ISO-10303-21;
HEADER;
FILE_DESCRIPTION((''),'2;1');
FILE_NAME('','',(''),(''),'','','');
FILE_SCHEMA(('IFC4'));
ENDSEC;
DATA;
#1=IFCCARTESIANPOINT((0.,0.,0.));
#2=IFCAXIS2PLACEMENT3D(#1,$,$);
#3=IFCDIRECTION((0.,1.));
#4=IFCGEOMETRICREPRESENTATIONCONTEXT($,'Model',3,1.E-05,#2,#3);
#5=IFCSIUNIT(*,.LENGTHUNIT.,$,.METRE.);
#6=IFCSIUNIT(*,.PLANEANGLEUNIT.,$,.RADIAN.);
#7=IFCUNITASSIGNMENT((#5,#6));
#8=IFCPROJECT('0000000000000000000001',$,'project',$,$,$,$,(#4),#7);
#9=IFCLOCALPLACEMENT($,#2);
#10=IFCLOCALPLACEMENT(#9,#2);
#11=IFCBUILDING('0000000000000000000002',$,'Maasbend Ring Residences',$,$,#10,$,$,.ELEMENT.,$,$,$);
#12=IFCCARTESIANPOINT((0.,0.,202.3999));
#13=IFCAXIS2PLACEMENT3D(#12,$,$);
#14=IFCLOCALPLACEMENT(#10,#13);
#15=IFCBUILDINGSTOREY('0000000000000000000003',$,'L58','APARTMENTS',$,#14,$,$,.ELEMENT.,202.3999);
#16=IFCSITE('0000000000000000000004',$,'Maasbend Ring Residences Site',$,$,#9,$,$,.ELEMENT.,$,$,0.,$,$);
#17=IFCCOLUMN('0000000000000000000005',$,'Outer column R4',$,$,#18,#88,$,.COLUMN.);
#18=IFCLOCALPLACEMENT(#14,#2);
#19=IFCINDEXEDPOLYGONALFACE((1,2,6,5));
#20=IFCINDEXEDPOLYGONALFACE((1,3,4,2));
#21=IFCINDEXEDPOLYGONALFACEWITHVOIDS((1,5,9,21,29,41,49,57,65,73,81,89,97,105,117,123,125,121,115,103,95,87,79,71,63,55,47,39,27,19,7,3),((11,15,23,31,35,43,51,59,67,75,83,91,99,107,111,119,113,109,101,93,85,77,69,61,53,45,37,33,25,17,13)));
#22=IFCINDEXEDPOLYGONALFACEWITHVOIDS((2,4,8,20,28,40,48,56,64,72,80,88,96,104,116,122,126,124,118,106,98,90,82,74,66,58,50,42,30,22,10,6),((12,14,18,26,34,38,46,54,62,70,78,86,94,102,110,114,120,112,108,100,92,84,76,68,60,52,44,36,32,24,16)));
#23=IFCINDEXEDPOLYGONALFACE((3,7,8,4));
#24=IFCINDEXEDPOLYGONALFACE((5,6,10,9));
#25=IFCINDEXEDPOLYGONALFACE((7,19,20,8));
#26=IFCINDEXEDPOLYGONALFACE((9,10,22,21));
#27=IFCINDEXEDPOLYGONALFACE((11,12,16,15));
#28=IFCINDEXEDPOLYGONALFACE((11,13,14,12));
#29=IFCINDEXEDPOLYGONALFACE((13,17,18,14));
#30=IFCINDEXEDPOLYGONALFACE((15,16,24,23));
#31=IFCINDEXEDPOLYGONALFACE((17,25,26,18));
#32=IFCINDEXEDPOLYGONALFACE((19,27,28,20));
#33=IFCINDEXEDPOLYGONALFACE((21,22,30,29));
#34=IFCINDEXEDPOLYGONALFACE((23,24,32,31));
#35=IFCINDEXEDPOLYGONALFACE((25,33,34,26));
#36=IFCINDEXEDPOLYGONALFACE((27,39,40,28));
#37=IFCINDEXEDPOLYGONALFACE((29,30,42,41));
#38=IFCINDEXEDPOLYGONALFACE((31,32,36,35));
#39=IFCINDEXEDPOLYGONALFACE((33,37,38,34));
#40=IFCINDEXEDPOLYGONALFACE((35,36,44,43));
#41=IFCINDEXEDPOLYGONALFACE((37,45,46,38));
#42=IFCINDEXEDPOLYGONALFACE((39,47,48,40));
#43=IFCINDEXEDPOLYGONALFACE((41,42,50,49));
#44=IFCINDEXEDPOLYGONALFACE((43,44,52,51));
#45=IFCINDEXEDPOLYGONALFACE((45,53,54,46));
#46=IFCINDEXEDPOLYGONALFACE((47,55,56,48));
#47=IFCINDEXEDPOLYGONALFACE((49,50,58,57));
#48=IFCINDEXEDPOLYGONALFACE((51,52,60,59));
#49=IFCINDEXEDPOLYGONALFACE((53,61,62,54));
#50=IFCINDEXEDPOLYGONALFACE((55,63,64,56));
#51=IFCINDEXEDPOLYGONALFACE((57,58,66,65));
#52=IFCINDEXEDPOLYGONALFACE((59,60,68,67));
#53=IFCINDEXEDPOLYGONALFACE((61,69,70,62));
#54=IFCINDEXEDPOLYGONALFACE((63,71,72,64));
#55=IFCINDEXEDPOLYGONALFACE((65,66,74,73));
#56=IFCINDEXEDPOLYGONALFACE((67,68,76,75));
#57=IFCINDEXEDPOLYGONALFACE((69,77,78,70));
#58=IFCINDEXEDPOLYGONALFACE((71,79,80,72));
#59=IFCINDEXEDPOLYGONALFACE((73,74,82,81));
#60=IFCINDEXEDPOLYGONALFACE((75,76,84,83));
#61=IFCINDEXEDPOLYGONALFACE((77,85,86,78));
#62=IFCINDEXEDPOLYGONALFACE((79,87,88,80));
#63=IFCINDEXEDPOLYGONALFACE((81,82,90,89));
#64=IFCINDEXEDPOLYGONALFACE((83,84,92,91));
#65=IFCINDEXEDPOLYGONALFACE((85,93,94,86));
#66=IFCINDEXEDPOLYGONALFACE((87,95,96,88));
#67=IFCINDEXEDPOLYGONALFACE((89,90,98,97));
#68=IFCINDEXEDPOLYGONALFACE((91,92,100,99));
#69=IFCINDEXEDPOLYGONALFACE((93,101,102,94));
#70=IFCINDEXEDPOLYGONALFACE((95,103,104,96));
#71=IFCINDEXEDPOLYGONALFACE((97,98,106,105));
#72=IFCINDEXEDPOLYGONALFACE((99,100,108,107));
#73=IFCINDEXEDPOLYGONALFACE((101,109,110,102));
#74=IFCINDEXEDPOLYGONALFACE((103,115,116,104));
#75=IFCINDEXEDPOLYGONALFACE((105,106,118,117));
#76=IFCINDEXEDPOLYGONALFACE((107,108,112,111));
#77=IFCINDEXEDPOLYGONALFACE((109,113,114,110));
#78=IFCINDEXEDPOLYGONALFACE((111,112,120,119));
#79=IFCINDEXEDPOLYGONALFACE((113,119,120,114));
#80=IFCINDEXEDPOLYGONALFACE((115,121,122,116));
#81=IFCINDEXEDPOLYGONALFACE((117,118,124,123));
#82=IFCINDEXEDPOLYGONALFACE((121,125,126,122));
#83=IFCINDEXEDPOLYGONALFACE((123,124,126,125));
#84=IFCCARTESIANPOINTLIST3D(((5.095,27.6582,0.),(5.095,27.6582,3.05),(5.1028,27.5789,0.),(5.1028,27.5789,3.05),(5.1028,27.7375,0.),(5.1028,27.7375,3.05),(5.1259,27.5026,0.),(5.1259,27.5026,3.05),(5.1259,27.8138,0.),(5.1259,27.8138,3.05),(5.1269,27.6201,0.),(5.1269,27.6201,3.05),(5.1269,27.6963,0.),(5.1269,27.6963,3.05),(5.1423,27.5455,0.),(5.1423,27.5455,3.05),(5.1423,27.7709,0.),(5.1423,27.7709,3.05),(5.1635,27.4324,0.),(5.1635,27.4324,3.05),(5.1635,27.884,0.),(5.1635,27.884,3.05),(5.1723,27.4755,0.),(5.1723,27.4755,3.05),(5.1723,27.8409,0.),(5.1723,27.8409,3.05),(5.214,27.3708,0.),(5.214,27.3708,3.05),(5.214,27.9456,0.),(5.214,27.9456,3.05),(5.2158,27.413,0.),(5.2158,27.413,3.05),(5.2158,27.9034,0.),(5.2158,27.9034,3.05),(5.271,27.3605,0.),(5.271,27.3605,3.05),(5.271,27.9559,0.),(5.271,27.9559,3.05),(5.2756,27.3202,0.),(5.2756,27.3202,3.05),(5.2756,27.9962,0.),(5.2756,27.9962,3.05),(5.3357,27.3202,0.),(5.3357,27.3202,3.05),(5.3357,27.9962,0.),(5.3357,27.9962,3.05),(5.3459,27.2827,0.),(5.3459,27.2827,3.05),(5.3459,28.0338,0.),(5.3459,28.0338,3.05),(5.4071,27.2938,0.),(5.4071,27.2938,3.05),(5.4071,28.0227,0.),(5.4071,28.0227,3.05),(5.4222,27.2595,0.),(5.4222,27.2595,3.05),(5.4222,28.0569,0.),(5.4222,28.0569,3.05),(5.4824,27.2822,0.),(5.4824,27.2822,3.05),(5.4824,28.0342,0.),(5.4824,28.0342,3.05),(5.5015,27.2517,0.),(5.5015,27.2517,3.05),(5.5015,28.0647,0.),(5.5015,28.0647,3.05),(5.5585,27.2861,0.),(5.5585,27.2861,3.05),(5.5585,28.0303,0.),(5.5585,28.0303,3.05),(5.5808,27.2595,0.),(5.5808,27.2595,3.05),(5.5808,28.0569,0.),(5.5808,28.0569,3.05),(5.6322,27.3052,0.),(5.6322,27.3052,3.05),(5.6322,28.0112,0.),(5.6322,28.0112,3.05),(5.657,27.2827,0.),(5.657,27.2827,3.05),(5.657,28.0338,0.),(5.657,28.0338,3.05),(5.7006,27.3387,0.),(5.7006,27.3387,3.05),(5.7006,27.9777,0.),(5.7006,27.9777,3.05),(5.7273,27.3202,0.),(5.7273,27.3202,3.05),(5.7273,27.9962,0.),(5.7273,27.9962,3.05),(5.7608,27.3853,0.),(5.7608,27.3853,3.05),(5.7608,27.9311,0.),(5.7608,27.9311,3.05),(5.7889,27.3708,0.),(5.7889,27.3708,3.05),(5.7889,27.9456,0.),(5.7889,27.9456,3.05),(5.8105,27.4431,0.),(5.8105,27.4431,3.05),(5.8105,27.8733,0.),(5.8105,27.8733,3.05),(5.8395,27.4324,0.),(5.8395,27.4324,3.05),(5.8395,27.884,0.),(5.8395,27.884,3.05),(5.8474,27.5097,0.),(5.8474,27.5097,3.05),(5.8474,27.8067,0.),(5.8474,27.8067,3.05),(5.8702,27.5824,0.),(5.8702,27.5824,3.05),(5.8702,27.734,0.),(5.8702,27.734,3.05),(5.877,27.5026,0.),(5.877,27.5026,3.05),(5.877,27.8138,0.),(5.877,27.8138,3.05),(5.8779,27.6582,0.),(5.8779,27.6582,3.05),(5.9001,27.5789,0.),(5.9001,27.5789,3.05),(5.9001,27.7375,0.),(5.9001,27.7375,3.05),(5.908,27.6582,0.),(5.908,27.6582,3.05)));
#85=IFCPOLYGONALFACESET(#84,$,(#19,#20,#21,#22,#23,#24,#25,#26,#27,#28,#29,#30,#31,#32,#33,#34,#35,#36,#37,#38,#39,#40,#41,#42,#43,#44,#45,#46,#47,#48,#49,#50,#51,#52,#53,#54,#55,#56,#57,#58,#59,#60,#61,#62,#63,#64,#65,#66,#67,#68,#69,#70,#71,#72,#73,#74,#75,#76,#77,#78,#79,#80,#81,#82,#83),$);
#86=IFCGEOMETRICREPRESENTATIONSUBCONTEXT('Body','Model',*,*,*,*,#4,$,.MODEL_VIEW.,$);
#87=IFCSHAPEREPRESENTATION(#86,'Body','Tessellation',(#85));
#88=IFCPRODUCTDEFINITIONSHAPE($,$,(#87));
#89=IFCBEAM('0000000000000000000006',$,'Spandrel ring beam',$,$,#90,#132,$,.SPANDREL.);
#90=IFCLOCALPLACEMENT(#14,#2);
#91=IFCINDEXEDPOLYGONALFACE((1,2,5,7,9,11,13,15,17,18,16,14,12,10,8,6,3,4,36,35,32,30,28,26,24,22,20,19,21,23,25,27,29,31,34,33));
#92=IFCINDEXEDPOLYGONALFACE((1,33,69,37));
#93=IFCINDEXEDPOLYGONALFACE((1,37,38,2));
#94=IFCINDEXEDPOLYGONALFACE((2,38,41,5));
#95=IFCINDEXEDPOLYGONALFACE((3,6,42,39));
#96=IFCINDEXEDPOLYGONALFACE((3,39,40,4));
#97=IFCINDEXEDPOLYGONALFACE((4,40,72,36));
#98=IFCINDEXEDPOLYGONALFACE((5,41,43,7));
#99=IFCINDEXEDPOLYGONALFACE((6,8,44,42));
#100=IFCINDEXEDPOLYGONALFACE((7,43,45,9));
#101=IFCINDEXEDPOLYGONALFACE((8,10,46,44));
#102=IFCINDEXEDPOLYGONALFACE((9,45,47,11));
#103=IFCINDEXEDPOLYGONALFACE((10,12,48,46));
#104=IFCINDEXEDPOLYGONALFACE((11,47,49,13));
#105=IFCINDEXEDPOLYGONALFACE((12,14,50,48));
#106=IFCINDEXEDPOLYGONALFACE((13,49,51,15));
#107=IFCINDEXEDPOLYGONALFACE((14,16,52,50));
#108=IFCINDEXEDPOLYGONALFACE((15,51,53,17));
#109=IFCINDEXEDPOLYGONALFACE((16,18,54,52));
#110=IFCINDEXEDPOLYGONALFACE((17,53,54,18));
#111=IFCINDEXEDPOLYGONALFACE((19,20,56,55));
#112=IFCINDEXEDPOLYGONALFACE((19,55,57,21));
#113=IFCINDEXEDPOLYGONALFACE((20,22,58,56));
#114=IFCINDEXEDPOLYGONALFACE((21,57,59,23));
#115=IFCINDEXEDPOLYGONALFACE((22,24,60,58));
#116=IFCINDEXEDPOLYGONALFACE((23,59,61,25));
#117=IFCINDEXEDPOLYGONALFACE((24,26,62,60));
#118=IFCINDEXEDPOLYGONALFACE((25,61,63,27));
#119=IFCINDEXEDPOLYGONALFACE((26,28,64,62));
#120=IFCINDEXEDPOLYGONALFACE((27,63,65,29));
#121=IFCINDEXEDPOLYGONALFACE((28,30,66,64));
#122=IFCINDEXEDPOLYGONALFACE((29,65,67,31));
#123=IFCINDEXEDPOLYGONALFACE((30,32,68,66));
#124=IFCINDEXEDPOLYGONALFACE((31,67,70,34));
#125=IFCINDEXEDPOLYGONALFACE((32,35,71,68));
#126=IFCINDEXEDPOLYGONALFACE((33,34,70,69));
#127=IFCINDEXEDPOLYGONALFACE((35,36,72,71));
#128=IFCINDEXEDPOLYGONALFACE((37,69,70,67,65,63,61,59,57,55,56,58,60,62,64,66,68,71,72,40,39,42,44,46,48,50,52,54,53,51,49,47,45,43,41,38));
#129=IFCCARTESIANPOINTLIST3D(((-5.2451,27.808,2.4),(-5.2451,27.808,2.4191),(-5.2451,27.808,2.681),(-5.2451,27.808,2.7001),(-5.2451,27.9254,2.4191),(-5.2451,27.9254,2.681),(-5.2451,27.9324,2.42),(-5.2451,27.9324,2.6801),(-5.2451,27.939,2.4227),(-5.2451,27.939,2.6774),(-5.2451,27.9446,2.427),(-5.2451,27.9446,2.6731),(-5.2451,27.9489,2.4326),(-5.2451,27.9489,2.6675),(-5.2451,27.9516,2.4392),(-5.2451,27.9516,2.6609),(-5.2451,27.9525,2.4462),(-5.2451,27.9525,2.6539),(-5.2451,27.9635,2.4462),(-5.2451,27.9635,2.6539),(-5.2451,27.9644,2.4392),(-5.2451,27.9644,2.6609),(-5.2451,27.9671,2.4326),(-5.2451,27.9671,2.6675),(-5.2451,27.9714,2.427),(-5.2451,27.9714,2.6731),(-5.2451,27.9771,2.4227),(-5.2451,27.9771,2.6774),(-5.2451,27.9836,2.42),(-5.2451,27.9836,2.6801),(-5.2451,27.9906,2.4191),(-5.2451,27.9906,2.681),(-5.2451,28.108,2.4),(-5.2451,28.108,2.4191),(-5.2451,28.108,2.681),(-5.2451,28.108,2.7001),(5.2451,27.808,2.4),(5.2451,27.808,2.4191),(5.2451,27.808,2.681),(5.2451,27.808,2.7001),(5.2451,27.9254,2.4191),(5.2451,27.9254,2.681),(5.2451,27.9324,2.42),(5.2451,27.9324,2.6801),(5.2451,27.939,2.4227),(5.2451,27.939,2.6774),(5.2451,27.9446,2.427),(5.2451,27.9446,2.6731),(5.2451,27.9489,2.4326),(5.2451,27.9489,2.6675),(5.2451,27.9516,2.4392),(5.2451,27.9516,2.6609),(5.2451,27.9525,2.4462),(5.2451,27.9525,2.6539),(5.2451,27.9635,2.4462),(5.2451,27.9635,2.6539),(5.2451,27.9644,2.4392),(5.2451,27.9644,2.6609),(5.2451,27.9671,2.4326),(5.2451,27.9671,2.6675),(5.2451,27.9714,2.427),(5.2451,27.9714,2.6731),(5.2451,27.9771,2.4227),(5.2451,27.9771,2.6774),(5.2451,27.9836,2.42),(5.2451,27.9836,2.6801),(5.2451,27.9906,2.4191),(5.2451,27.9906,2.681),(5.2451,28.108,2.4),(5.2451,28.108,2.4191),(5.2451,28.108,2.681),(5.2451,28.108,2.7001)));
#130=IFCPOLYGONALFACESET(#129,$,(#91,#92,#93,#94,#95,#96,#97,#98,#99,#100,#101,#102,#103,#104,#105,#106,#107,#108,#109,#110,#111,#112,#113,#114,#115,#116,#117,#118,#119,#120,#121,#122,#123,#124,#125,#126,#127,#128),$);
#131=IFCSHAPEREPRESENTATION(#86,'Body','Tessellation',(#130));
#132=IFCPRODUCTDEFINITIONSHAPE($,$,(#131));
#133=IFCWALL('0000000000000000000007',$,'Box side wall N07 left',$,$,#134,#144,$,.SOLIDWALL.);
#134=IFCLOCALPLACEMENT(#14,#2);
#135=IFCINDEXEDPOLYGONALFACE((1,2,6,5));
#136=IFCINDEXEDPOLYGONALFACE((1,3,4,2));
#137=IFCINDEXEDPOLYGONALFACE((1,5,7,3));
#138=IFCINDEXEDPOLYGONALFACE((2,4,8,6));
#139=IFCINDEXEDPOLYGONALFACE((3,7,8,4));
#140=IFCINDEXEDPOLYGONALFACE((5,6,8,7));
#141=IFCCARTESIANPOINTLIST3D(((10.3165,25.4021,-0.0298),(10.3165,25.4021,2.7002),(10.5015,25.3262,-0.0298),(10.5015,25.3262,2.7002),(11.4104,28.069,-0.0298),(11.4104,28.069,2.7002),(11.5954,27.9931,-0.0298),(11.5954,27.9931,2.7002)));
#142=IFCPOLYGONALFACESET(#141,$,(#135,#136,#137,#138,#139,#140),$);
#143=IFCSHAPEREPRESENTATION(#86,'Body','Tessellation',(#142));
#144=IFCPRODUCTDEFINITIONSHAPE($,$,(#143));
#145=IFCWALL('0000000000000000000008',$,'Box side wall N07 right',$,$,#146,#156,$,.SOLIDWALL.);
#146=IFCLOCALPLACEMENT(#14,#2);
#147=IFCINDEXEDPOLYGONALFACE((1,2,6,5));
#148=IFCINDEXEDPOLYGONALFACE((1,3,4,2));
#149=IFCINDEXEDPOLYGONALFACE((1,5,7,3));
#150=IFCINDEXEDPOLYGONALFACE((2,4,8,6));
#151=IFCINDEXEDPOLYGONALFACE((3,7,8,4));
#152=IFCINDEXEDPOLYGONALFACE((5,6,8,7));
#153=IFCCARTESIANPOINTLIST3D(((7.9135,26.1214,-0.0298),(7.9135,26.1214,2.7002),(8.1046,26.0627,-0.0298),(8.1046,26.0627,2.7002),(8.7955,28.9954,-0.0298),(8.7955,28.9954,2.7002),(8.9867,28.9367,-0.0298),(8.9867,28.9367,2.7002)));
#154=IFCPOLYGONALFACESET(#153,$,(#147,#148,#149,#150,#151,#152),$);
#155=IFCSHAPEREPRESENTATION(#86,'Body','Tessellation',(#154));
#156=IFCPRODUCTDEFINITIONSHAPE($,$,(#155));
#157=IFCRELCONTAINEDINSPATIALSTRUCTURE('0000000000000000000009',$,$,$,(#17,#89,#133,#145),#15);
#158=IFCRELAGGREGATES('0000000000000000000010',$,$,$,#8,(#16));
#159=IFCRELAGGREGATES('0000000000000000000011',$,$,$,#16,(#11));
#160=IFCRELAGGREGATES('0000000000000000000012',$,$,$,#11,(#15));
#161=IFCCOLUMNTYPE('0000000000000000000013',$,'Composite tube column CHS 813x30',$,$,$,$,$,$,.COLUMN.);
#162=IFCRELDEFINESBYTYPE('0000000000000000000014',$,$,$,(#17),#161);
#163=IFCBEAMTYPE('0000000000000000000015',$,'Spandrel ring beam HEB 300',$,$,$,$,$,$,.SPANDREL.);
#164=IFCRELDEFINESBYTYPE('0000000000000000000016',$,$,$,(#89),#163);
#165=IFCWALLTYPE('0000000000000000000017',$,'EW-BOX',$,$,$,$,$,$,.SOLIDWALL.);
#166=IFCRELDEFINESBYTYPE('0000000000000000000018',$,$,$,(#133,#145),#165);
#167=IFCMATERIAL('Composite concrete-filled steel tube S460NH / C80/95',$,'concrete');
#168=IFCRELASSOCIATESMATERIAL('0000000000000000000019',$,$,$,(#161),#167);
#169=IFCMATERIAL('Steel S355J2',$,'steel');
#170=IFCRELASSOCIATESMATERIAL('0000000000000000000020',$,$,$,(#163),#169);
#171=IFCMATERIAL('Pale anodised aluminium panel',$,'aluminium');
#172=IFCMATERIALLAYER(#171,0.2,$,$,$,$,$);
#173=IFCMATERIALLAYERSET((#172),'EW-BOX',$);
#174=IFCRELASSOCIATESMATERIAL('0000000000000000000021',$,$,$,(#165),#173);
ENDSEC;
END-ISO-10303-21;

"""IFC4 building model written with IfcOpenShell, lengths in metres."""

from ifc_helpers import new_model, si_unit, direction, frame, frame_2d, origin, origin_2d, place, context, subcontext, project, spatial, rectangle, hollow_circle, i_section, extrude, material, layer, layer_set, material_profile, profile_set, type_object, element, save


model = new_model("IFC4")

# Units and contexts
model_context = context("Model", 3, precision=1e-05, world=origin(), true_north=direction((0.0, 1.0)))
body_context = subcontext(model_context, "Body", "Model", "MODEL_VIEW")
ifc_project = project(units=[si_unit("LENGTHUNIT", "METRE"), si_unit("PLANEANGLEUNIT", "RADIAN")], contexts=[model_context])

# Site, building, storey
site_placement = place(None, origin())
site = spatial("IfcSite", under=ifc_project, at=site_placement, Name="Maasbend Ring Residences Site", CompositionType="ELEMENT", RefElevation=0.0)
building_placement = place(site_placement, origin())
building = spatial("IfcBuilding", under=site, at=building_placement, Name="Maasbend Ring Residences", CompositionType="ELEMENT")
storey_placement = place(building_placement, frame((0.0, 0.0, 202.3999)))
storey = spatial("IfcBuildingStorey", under=building, at=storey_placement, Name="L58", Description="APARTMENTS", CompositionType="ELEMENT", Elevation=202.3999)

# Column
ifc_material_1 = material(Name="Composite concrete-filled steel tube S460NH / C80/95", Category="concrete")
ifc_material_profile_1 = material_profile(ifc_material_1, hollow_circle(Radius=0.4065, WallThickness=0.03, at=origin_2d()), Name="Composite tube column CHS 813x30")
ifc_profile_set_1 = profile_set([ifc_material_profile_1], Name="Composite concrete-filled steel tube S460NH / C80/95")
column_type = type_object("IfcColumnType", Name="Composite tube column CHS 813x30", PredefinedType="COLUMN", material=ifc_profile_set_1)
column_placement = place(storey_placement, frame((5.5015, 27.6582, 0.0), z_axis=(0.0, 0.0, 1.0), x_axis=(1.0, 0.0, 0.0)))
element("IfcColumn", 1, at=column_placement, inside=storey, type_object=column_type, Name="Outer column R4", PredefinedType="COLUMN", context=body_context, shape_type="SweptSolid", body=[
    extrude(hollow_circle(Radius=0.4065, WallThickness=0.03, at=origin_2d()), origin(), (0.0, 0.0, 1.0), 3.05),
])

# Beam
ifc_material_2 = material(Name="Steel S355J2", Category="steel")
ifc_material_profile_2 = material_profile(ifc_material_2, i_section(OverallWidth=0.3, OverallDepth=0.3, WebThickness=0.011, FlangeThickness=0.019, FilletRadius=0.0271, at=origin_2d()), Name="HEB 300")
ifc_profile_set_2 = profile_set([ifc_material_profile_2], Name="Steel S355J2")
beam_type = type_object("IfcBeamType", Name="Spandrel ring beam HEB 300", PredefinedType="SPANDREL", material=ifc_profile_set_2)
beam_placement = place(storey_placement, frame((5.2451, 27.958, 2.55), z_axis=(-1.0, 0.0, 0.0), x_axis=(0.0, -1.0, 0.0)))
element("IfcBeam", 2, at=beam_placement, inside=storey, type_object=beam_type, Name="Spandrel ring beam", PredefinedType="SPANDREL", context=body_context, shape_type="SweptSolid", body=[
    extrude(i_section(OverallWidth=0.3, OverallDepth=0.3, WebThickness=0.011, FlangeThickness=0.019, FilletRadius=0.0271, at=origin_2d()), origin(), (0.0, 0.0, 1.0), 10.4902),
])

# Walls
ifc_material_3 = material(Name="Pale anodised aluminium panel", Category="aluminium")
ifc_layer_1 = layer(ifc_material_3, 0.2)
ifc_layer_set_1 = layer_set([ifc_layer_1], Name="EW-BOX")
wall_type_1 = type_object("IfcWallType", Name="EW-BOX", PredefinedType="SOLIDWALL", material=ifc_layer_set_1)
wall_1_placement = place(storey_placement, frame((10.4089, 25.364, -0.0298), z_axis=(0.0, 0.0, 1.0), x_axis=(0.37951, 0.925188, 0.0)))
element("IfcWall", 3, at=wall_1_placement, inside=storey, type_object=wall_type_1, Name="Box side wall N07 left", PredefinedType="SOLIDWALL", context=body_context, shape_type="SweptSolid", body=[
    extrude(rectangle(XDim=2.8826, YDim=0.2, at=frame_2d((1.4414, 0.0))), origin(), (0.0, 0.0, 1.0), 2.73),
])
wall_2_placement = place(storey_placement, frame((8.009, 26.092, -0.0298), z_axis=(0.0, 0.0, 1.0), x_axis=(0.293407, 0.955988, 0.0)))
element("IfcWall", 4, at=wall_2_placement, inside=storey, type_object=wall_type_1, Name="Box side wall N07 right", PredefinedType="SOLIDWALL", context=body_context, shape_type="SweptSolid", body=[
    extrude(rectangle(XDim=3.0063, YDim=0.2, at=frame_2d((1.5032, 0.0))), origin(), (0.0, 0.0, 1.0), 2.73),
])

save(model, "model.ifc")
